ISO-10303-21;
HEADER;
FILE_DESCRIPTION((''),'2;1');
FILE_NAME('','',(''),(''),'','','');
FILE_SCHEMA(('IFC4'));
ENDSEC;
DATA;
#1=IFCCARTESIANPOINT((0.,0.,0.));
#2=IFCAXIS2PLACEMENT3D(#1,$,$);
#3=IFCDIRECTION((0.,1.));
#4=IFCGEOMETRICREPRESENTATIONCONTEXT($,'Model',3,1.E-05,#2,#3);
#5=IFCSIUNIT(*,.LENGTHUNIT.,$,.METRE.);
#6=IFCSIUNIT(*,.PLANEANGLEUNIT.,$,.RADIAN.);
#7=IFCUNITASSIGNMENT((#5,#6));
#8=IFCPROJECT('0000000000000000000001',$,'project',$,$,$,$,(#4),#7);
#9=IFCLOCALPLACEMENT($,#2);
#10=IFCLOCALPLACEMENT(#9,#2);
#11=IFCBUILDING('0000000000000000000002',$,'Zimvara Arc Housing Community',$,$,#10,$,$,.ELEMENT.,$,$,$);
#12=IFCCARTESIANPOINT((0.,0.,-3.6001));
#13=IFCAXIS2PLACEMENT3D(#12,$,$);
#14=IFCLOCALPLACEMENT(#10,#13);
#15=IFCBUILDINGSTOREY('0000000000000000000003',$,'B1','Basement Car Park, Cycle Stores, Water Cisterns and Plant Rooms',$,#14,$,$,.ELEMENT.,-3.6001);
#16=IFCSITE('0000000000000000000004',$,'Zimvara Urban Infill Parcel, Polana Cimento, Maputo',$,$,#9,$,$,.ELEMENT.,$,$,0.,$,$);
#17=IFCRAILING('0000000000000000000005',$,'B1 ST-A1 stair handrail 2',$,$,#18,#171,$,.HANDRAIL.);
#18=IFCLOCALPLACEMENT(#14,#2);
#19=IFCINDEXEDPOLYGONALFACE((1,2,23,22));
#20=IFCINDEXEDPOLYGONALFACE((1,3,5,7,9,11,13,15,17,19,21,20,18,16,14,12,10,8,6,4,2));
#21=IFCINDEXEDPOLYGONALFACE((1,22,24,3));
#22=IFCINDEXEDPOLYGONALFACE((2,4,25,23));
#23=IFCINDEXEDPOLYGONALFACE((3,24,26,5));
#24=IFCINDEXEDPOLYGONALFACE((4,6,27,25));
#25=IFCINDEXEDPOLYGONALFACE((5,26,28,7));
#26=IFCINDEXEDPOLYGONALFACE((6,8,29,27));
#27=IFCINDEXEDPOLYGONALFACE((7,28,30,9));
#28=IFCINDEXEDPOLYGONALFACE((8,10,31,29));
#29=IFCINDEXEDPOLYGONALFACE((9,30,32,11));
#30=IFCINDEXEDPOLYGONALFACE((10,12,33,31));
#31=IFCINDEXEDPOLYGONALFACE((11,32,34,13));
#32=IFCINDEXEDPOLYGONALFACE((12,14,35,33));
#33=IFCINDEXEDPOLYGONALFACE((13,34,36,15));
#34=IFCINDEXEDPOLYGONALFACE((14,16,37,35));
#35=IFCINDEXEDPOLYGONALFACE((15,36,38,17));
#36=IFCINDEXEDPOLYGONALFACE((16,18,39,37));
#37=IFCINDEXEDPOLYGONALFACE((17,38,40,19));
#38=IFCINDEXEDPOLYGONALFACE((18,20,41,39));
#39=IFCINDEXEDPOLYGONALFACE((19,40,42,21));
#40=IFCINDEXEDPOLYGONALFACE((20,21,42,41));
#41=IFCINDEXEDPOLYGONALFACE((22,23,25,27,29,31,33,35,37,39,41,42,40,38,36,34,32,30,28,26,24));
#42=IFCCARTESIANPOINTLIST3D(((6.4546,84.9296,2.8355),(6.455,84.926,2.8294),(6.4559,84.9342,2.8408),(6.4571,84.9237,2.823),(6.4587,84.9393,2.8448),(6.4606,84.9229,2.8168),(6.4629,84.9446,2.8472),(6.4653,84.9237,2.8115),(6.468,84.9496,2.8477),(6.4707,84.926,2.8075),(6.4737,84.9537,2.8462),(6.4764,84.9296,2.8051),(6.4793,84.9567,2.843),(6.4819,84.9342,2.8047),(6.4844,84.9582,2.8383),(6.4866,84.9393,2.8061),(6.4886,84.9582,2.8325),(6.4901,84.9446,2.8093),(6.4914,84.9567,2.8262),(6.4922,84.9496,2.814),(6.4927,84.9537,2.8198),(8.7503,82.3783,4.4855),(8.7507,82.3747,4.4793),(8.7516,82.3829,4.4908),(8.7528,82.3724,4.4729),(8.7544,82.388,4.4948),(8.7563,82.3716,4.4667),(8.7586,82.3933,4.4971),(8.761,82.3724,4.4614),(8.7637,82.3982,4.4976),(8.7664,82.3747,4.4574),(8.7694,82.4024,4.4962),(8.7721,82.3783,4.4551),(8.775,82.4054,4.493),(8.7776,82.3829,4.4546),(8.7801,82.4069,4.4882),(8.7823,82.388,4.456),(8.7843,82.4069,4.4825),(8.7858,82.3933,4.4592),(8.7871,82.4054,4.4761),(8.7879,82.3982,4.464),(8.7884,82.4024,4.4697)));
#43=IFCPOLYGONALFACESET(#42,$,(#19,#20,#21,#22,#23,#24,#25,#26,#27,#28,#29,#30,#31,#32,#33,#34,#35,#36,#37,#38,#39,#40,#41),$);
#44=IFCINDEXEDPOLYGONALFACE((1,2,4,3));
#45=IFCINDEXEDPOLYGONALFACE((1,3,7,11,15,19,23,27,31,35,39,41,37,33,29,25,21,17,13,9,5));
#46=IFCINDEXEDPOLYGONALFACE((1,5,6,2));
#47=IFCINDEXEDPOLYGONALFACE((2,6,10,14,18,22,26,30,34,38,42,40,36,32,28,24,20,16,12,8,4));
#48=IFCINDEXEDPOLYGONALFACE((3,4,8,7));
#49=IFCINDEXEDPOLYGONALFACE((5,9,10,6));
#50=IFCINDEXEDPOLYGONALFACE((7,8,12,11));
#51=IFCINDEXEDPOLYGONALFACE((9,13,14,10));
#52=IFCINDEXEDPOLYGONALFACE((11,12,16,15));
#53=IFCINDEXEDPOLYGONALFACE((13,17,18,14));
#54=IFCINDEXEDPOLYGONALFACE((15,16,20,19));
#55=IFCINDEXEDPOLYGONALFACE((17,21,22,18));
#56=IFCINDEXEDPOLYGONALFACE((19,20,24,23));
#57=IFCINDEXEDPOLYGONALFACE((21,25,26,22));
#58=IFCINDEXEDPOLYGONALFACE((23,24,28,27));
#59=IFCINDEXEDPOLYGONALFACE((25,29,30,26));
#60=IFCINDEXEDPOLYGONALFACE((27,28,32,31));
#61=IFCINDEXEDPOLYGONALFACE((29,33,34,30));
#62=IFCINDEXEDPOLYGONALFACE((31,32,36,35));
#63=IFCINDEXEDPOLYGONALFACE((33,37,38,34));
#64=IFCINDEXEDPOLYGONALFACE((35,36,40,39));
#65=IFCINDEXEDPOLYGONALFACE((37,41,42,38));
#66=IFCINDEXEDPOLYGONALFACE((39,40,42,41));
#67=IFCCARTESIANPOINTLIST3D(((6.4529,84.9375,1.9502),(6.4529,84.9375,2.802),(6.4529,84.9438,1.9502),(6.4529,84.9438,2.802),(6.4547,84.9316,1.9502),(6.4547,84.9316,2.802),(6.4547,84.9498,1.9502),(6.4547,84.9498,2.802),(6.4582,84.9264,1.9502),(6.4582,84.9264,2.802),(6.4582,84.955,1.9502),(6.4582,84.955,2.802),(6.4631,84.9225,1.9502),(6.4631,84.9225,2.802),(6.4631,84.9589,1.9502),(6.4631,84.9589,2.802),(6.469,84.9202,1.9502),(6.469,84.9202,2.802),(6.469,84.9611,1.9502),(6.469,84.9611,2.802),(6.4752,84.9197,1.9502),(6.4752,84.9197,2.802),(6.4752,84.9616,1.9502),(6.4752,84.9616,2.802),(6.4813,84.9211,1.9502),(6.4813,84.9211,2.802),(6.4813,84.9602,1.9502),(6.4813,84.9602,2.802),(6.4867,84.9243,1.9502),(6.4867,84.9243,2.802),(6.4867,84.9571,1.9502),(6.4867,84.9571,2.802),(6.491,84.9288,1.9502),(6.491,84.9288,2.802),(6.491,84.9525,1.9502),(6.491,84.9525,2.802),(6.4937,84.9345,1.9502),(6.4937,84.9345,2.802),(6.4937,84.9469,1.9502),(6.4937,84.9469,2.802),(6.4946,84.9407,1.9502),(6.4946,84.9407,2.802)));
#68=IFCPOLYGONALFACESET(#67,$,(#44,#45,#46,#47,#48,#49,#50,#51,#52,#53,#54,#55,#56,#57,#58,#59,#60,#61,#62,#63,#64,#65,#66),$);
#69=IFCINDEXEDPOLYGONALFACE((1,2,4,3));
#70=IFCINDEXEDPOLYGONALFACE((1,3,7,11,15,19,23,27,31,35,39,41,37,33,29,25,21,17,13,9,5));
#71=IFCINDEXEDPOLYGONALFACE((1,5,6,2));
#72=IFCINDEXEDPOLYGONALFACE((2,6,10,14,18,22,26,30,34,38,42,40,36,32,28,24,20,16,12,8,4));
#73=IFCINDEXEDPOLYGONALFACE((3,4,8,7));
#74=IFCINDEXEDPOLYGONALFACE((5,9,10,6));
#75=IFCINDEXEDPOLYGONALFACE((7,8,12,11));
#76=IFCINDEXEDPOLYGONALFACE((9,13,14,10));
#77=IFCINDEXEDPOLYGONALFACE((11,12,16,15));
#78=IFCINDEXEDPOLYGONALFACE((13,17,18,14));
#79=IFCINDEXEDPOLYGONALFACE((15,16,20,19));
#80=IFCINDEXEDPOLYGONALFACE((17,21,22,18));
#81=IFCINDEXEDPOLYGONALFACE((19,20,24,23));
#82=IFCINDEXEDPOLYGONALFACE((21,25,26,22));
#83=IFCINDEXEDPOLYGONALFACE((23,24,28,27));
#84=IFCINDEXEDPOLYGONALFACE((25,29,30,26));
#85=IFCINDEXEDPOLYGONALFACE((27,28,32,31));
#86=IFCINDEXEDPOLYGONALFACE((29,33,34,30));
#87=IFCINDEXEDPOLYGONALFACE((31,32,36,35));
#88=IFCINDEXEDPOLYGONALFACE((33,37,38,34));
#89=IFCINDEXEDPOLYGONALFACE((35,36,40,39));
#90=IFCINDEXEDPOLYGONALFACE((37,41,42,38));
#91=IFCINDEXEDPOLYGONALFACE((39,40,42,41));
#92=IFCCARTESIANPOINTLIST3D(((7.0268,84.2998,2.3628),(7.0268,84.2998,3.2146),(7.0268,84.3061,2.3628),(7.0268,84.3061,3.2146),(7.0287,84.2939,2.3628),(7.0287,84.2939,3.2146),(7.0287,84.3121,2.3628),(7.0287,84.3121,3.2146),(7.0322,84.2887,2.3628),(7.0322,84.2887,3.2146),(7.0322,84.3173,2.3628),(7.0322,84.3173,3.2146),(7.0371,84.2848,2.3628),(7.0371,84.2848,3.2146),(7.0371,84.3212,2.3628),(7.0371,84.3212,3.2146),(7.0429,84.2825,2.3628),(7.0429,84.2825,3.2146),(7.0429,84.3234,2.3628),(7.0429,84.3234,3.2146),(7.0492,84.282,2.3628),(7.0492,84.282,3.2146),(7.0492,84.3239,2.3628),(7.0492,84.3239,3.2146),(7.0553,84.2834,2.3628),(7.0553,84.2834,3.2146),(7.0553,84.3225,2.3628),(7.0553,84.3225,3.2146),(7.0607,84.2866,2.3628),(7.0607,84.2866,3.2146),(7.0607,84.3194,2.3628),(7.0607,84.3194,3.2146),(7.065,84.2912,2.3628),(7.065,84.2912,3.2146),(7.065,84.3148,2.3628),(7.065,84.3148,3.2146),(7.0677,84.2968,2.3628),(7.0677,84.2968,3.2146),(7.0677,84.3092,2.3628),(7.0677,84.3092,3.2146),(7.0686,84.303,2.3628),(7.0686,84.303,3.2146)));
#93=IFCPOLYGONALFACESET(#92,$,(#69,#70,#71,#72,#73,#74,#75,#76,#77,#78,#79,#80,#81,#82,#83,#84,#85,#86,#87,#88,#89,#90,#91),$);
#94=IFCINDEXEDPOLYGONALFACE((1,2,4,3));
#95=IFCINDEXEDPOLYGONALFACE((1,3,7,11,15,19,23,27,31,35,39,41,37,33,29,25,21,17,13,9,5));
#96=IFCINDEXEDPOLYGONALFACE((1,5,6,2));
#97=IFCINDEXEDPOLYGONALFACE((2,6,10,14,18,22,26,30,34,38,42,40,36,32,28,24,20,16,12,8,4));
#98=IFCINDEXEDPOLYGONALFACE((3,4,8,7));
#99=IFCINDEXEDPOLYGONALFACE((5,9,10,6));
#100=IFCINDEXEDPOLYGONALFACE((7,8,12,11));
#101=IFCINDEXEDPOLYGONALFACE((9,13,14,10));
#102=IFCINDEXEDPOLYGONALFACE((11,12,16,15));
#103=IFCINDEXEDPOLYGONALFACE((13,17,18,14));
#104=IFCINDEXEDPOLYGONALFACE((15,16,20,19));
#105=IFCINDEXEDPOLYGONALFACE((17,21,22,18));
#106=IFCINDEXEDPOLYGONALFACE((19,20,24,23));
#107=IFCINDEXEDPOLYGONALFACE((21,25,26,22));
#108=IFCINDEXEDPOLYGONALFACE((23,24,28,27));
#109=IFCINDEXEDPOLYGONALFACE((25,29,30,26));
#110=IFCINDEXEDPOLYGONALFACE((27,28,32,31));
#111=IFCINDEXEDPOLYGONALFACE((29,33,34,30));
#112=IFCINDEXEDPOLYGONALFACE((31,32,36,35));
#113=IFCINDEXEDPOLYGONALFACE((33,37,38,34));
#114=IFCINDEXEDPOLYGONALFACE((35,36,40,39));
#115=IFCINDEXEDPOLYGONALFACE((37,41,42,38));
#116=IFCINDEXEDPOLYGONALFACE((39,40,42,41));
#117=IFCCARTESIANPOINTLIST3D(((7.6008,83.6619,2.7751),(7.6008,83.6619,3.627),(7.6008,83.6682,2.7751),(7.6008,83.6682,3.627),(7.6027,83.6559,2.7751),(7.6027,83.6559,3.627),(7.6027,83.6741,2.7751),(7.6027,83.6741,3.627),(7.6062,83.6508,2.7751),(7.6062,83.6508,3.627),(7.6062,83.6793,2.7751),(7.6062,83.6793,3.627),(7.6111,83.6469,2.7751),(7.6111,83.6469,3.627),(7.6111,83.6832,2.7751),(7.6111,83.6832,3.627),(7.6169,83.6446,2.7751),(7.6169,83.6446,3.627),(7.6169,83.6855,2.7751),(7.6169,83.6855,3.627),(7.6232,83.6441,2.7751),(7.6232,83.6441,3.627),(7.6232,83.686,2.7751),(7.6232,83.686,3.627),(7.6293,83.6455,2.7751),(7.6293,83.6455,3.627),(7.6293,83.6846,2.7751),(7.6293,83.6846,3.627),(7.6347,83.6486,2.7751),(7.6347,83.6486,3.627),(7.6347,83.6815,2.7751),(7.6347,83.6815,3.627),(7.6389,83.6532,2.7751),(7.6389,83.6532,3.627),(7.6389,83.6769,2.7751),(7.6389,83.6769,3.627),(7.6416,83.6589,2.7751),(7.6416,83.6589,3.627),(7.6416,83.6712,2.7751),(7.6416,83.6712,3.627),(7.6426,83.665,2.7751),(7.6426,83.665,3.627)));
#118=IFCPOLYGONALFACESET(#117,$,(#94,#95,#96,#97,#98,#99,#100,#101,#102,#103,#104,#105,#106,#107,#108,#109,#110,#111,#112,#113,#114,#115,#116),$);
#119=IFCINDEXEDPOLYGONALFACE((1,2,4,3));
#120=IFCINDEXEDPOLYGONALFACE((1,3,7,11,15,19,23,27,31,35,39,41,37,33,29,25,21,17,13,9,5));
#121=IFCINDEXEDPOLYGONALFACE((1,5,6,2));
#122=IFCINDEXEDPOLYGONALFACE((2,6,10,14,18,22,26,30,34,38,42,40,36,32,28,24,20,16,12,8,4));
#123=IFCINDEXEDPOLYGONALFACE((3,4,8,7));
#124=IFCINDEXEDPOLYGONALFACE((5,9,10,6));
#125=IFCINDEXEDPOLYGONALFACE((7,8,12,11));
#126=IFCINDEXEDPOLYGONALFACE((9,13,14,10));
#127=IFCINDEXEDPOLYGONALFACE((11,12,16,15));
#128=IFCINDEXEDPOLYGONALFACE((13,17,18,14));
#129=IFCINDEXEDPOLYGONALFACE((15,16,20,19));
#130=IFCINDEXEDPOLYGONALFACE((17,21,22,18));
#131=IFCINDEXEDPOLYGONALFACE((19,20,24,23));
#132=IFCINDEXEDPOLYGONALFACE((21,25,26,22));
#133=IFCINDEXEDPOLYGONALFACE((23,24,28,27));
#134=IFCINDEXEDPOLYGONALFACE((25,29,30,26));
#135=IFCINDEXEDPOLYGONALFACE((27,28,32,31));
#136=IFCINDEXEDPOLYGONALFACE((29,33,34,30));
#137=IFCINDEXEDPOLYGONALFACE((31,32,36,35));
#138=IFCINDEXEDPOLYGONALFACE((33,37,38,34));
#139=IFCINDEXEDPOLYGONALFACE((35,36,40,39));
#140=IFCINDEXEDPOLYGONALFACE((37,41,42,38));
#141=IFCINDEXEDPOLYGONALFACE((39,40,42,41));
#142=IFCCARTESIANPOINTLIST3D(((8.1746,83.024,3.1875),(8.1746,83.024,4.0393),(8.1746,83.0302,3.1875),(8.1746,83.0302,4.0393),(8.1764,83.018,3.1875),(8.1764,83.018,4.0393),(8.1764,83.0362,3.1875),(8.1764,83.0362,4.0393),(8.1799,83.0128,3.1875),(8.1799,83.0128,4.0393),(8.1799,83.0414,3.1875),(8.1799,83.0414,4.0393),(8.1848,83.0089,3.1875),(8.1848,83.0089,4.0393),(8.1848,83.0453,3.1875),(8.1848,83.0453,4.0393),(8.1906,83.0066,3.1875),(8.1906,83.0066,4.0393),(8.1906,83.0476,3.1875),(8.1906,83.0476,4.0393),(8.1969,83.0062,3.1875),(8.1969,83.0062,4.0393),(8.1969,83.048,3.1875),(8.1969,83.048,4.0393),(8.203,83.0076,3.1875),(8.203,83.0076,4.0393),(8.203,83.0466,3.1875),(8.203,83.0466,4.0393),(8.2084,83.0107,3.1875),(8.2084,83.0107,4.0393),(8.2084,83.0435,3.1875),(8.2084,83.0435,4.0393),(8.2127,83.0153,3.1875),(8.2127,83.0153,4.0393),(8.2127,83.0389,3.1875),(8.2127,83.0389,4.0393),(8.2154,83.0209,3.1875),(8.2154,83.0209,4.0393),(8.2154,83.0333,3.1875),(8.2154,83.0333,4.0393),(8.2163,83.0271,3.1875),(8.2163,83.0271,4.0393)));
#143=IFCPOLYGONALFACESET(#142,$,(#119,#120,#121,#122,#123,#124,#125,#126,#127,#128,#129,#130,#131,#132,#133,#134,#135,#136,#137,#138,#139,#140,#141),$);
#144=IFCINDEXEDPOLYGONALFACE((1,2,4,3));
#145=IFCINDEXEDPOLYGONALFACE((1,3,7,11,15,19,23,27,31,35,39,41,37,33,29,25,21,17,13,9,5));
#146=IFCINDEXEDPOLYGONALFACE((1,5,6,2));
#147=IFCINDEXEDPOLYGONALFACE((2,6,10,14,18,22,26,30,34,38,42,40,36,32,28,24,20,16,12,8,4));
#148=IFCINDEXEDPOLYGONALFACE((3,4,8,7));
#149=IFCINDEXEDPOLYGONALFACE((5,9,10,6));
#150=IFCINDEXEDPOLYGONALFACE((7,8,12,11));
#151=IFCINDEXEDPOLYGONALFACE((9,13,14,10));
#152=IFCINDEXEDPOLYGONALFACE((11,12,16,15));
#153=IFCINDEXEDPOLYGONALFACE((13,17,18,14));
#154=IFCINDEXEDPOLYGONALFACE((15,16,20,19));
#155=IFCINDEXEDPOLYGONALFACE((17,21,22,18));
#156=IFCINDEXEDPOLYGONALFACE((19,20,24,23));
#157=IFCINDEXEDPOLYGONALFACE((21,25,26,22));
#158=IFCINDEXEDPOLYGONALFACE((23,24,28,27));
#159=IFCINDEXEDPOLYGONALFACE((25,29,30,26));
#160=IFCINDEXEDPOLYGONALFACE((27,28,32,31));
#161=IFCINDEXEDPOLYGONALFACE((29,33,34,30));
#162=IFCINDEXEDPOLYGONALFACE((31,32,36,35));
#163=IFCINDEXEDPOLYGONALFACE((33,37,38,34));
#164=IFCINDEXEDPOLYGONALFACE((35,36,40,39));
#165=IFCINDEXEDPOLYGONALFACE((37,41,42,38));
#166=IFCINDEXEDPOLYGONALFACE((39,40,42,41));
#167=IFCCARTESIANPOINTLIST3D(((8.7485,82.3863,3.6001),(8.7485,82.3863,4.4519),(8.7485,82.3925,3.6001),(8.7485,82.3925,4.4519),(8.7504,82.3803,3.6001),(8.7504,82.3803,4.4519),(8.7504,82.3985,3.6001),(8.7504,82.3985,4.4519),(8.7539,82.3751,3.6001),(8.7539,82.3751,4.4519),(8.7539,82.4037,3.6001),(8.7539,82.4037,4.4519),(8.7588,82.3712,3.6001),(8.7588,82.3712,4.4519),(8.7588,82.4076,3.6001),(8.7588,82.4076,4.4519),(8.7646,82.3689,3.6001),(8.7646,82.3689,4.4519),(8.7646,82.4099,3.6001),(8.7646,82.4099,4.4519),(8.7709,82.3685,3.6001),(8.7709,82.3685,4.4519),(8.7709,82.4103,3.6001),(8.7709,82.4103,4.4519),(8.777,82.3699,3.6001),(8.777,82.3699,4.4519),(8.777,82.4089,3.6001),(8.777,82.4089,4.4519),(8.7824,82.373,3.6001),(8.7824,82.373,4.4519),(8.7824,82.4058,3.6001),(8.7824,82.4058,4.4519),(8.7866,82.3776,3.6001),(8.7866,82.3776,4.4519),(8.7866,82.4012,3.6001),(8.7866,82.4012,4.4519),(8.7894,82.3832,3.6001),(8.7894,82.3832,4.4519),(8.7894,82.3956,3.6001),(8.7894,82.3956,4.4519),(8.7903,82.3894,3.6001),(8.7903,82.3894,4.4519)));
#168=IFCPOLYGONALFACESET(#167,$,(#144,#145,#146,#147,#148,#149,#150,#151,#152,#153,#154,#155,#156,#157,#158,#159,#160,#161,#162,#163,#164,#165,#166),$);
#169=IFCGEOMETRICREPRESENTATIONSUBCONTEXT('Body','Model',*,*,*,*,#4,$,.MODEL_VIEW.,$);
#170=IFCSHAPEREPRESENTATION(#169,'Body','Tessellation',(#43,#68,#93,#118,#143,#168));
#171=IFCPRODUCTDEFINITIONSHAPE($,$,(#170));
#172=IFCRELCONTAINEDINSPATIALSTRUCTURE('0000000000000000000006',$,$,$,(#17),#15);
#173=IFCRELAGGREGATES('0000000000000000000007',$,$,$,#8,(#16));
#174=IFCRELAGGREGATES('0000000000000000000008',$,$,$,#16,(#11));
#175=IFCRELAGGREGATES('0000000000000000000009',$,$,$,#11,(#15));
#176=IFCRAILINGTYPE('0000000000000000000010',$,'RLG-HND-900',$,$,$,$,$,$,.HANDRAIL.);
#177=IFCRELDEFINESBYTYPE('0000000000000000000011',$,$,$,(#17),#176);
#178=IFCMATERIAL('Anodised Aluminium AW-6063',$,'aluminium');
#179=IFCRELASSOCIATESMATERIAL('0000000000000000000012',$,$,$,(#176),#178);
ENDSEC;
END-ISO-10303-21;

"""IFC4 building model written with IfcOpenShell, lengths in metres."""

from ifc_helpers import new_model, si_unit, direction, frame, origin, origin_2d, place, context, subcontext, project, spatial, circle, extrude, material, type_object, element, save


model = new_model("IFC4")

# Units and contexts
model_context = context("Model", 3, precision=1e-05, world=origin(), true_north=direction((0.0, 1.0)))
body_context = subcontext(model_context, "Body", "Model", "MODEL_VIEW")
ifc_project = project(units=[si_unit("LENGTHUNIT", "METRE"), si_unit("PLANEANGLEUNIT", "RADIAN")], contexts=[model_context])

# Site, building, storey
site_placement = place(None, origin())
site = spatial("IfcSite", under=ifc_project, at=site_placement, Name="Zimvara Urban Infill Parcel, Polana Cimento, Maputo", CompositionType="ELEMENT", RefElevation=0.0)
building_placement = place(site_placement, origin())
building = spatial("IfcBuilding", under=site, at=building_placement, Name="Zimvara Arc Housing Community", CompositionType="ELEMENT")
storey_placement = place(building_placement, frame((0.0, 0.0, -3.6001)))
storey = spatial("IfcBuildingStorey", under=building, at=storey_placement, Name="B1", Description="Basement Car Park, Cycle Stores, Water Cisterns and Plant Rooms", CompositionType="ELEMENT", Elevation=-3.6001)

# Railing
ifc_material_1 = material(Name="Anodised Aluminium AW-6063", Category="aluminium")
railing_type_1 = type_object("IfcRailingType", Name="RLG-HND-900", PredefinedType="HANDRAIL", material=ifc_material_1)
railing_1_placement = place(storey_placement, frame((6.4736, 84.9407, 1.9502)))
element("IfcRailing", 1, at=railing_1_placement, inside=storey, type_object=railing_type_1, Name="B1 ST-A1 stair handrail 2", PredefinedType="HANDRAIL", context=body_context, shape_type="SweptSolid", body=[
    extrude(circle(Radius=0.0239, at=origin_2d()), frame((0.0, 0.0, 0.876), z_axis=(0.602844, -0.669969, 0.433268), x_axis=(0.743365, 0.668886, 0.0)), (0.0, 0.0, 1.0), 3.8081),
    extrude(circle(Radius=0.021, at=origin_2d()), origin(), (0.0, 0.0, 1.0), 0.8518),
    extrude(circle(Radius=0.021, at=origin_2d()), frame((0.574, -0.6377, 0.4126)), (0.0, 0.0, 1.0), 0.8518),
    extrude(circle(Radius=0.021, at=origin_2d()), frame((1.1479, -1.2756, 0.825)), (0.0, 0.0, 1.0), 0.8518),
    extrude(circle(Radius=0.021, at=origin_2d()), frame((1.7217, -1.9136, 1.2373)), (0.0, 0.0, 1.0), 0.8518),
    extrude(circle(Radius=0.021, at=origin_2d()), frame((2.2957, -2.5513, 1.6499)), (0.0, 0.0, 1.0), 0.8518),
])

save(model, "model.ifc")
